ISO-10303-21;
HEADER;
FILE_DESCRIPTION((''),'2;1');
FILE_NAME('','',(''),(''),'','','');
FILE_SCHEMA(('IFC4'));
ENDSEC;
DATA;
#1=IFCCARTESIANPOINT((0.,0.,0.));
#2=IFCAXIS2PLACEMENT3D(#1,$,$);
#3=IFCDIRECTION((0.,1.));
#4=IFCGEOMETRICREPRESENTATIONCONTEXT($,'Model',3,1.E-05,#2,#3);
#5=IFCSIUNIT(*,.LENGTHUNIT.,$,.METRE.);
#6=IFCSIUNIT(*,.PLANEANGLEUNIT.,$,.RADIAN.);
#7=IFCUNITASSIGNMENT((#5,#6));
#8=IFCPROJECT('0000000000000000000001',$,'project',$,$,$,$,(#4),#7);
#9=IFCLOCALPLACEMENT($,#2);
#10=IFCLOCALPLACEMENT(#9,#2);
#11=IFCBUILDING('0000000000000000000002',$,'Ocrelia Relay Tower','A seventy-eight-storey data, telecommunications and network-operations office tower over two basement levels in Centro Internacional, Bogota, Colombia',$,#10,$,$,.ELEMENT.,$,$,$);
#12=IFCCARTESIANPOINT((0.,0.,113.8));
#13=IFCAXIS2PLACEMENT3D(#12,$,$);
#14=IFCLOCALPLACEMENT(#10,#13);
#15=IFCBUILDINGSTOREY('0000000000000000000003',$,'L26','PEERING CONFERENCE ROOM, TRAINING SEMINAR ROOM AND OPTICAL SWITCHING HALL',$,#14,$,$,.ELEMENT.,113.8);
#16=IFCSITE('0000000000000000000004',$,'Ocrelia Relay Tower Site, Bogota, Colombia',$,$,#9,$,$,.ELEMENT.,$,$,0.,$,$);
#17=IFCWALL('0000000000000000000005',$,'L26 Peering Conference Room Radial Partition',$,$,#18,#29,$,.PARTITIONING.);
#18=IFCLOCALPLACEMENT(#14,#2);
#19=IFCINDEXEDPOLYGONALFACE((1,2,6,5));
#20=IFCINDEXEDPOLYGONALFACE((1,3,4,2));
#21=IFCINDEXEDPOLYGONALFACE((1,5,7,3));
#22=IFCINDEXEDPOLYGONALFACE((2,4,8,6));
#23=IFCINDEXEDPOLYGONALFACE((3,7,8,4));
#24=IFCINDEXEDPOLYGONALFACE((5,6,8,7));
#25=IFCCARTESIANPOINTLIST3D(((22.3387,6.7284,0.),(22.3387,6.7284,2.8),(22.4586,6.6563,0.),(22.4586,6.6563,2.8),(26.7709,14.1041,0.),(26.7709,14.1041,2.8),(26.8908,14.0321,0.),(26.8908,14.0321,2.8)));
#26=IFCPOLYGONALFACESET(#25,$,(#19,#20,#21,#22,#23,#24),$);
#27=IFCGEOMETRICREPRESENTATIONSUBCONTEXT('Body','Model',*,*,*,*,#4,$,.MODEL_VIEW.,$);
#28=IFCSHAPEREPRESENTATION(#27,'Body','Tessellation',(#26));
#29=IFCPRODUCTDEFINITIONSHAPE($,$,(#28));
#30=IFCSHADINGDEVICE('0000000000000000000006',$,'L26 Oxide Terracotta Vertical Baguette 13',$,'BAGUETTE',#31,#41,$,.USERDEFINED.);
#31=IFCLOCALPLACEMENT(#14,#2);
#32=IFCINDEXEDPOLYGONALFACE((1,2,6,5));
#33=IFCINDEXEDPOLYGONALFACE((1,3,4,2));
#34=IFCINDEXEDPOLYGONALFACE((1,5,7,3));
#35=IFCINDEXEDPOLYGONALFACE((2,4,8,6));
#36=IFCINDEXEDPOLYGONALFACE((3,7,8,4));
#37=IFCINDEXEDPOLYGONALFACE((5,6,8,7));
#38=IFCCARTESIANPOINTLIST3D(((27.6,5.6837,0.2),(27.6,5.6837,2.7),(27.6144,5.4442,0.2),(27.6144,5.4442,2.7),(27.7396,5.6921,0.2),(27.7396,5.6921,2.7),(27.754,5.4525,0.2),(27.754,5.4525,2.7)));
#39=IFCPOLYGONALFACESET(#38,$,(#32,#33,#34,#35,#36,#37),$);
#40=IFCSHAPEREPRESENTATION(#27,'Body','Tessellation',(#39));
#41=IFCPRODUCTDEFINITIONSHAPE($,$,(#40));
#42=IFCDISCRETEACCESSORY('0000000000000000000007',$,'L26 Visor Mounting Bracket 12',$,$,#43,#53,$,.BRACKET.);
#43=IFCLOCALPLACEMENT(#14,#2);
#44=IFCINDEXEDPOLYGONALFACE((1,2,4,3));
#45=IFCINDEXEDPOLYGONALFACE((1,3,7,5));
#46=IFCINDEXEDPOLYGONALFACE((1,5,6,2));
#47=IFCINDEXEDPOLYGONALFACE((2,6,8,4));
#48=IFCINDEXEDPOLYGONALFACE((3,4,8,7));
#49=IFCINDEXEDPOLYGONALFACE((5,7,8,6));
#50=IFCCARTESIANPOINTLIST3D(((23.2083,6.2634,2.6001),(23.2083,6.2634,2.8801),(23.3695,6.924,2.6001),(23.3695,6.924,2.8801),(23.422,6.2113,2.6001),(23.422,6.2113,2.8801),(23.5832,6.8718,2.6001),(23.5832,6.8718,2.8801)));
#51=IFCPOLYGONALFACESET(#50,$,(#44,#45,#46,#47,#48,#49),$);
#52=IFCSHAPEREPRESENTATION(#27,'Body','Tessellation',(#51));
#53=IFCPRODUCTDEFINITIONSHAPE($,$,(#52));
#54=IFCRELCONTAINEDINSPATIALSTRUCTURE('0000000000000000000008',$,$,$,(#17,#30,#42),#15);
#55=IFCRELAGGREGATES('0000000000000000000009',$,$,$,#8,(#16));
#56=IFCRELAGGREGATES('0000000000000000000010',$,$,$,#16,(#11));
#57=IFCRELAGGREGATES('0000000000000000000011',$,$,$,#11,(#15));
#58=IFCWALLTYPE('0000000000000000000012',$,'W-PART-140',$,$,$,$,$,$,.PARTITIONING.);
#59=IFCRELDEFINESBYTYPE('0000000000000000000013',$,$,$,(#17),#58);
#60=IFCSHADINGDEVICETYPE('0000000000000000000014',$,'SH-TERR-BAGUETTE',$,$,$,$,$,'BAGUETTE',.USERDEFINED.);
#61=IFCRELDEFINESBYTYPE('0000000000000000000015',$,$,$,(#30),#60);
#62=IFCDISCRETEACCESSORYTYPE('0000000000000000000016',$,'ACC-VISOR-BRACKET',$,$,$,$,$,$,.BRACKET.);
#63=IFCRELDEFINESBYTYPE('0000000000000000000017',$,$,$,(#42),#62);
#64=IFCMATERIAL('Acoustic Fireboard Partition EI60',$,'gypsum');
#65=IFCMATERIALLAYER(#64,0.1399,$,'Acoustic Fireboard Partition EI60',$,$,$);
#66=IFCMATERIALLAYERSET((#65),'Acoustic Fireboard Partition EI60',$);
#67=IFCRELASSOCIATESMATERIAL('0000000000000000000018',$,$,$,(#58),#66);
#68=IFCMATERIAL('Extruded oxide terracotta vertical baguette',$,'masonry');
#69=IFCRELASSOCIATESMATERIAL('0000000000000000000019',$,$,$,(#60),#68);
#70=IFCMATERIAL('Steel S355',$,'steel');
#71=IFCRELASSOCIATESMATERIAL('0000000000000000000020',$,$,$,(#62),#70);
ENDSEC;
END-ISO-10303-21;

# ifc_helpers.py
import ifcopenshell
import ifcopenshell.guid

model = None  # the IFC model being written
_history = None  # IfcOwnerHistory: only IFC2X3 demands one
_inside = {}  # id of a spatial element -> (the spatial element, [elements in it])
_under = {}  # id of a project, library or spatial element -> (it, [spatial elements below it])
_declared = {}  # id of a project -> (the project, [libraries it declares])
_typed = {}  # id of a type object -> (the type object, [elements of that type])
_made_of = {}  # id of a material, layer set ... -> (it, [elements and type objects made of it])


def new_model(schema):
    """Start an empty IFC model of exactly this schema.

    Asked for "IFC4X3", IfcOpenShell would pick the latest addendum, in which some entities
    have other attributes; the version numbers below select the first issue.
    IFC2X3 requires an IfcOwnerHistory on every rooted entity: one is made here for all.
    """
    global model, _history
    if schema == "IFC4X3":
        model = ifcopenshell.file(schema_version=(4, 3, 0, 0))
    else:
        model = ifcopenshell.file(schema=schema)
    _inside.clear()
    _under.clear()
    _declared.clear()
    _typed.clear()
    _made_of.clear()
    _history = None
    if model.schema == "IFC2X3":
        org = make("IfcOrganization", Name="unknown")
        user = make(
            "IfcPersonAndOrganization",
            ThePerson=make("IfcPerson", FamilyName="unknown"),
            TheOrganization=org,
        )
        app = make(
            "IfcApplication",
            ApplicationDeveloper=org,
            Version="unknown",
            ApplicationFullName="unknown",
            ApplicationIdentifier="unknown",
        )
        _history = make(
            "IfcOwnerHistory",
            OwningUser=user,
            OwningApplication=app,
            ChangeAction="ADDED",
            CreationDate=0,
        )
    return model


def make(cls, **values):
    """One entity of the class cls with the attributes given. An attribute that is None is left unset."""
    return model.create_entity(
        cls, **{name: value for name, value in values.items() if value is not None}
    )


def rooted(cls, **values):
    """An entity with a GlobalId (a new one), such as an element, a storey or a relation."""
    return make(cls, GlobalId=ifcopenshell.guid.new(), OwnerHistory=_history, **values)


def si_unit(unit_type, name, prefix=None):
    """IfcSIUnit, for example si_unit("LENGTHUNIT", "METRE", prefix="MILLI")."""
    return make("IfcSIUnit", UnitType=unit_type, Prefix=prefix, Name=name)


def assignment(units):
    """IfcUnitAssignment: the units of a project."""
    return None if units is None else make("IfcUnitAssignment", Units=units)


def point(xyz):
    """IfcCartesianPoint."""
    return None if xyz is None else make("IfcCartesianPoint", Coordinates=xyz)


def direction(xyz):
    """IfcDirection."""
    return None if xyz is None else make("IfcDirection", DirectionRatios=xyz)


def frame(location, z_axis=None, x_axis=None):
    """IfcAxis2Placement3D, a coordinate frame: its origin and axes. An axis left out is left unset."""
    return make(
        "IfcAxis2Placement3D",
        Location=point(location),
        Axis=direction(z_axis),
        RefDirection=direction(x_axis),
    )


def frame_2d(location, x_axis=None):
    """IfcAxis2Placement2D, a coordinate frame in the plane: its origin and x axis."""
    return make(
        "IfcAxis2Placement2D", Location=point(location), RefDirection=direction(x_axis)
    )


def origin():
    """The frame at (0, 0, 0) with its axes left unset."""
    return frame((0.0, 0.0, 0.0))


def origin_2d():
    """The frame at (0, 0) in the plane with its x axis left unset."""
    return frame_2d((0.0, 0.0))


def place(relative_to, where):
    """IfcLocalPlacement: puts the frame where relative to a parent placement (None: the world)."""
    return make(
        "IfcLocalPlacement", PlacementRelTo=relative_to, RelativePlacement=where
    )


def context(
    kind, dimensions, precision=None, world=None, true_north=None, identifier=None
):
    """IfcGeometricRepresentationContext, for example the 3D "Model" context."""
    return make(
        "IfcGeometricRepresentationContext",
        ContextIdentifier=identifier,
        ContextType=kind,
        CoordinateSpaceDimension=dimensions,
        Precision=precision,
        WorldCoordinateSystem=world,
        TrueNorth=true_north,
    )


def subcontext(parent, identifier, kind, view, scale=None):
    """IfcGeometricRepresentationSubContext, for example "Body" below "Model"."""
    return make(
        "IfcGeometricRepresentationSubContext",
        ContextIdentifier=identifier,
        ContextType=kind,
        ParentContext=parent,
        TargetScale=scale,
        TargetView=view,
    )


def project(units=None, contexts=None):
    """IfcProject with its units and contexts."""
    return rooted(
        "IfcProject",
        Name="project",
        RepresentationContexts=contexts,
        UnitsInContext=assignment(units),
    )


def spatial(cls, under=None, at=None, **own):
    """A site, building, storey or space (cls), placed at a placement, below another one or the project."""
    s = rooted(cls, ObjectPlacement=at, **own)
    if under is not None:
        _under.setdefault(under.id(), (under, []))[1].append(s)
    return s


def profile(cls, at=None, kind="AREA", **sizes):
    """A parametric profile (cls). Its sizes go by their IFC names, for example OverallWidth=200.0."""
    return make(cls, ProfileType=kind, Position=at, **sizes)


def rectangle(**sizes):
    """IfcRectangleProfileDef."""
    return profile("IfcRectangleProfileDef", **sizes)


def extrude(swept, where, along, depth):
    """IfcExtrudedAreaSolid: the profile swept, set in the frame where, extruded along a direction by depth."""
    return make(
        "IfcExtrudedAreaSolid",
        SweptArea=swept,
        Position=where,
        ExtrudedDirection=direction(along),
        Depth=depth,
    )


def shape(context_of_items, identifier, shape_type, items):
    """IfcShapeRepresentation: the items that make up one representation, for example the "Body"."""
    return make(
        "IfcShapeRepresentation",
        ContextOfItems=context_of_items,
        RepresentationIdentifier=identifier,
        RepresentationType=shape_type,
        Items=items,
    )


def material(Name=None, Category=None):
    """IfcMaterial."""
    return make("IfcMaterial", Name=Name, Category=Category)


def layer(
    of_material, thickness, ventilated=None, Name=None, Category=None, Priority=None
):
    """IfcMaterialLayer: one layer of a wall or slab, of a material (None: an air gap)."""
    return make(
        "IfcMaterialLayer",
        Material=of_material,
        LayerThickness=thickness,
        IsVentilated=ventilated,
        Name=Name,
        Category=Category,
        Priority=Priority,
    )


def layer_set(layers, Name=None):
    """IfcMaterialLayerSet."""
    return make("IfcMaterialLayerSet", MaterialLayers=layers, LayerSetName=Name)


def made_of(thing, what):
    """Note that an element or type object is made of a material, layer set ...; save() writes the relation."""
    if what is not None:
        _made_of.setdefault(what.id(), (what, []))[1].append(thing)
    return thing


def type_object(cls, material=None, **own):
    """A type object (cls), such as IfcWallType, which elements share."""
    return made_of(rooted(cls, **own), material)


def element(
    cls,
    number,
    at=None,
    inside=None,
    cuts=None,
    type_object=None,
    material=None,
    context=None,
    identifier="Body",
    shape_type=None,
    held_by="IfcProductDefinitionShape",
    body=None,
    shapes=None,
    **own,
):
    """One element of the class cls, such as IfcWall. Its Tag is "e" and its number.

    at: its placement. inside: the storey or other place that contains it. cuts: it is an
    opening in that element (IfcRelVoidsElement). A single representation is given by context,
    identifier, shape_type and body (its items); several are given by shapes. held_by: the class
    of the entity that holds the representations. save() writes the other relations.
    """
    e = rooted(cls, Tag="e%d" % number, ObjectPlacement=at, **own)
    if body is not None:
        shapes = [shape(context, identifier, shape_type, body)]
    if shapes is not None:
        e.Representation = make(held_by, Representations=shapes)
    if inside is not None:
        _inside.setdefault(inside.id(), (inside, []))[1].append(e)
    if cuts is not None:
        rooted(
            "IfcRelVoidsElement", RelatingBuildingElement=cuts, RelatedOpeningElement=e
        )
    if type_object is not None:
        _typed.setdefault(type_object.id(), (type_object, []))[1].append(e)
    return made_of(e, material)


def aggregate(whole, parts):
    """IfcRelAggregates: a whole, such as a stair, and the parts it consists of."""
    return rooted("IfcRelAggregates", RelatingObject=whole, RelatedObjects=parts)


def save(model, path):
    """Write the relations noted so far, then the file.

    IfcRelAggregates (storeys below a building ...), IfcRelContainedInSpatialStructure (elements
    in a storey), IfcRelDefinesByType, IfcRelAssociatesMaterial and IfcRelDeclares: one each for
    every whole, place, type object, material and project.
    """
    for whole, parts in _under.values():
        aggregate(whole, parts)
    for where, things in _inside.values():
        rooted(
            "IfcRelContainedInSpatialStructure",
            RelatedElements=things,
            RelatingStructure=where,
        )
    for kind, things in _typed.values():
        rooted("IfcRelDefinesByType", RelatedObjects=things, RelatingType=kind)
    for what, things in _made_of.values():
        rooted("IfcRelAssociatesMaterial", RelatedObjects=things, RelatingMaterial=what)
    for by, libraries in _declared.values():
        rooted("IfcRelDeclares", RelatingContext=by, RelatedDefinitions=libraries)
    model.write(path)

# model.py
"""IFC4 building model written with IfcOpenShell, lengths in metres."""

from ifc_helpers import new_model, si_unit, direction, frame, frame_2d, origin, origin_2d, place, context, subcontext, project, spatial, rectangle, extrude, material, layer, layer_set, type_object, element, save


model = new_model("IFC4")

# Units and contexts
model_context = context("Model", 3, precision=1e-05, world=origin(), true_north=direction((0.0, 1.0)))
body_context = subcontext(model_context, "Body", "Model", "MODEL_VIEW")
ifc_project = project(units=[si_unit("LENGTHUNIT", "METRE"), si_unit("PLANEANGLEUNIT", "RADIAN")], contexts=[model_context])

# Site, building, storey
site_placement = place(None, origin())
site = spatial("IfcSite", under=ifc_project, at=site_placement, Name="Ocrelia Relay Tower Site, Bogota, Colombia", CompositionType="ELEMENT", RefElevation=0.0)
building_placement = place(site_placement, origin())
building = spatial("IfcBuilding", under=site, at=building_placement, Name="Ocrelia Relay Tower", Description="A seventy-eight-storey data, telecommunications and network-operations office tower over two basement levels in Centro Internacional, Bogota, Colombia", CompositionType="ELEMENT")
storey_placement = place(building_placement, frame((0.0, 0.0, 113.8)))
storey = spatial("IfcBuildingStorey", under=building, at=storey_placement, Name="L26", Description="PEERING CONFERENCE ROOM, TRAINING SEMINAR ROOM AND OPTICAL SWITCHING HALL", CompositionType="ELEMENT", Elevation=113.8)

# Shared definitions
ifc_material_1 = material(Name="Steel S355", Category="steel")

# Wall
ifc_material_2 = material(Name="Acoustic Fireboard Partition EI60", Category="gypsum")
ifc_layer_1 = layer(ifc_material_2, 0.1399, Name="Acoustic Fireboard Partition EI60")
ifc_layer_set_1 = layer_set([ifc_layer_1], Name="Acoustic Fireboard Partition EI60")
wall_type_1 = type_object("IfcWallType", Name="W-PART-140", PredefinedType="PARTITIONING", material=ifc_layer_set_1)
wall_1_placement = place(storey_placement, frame((26.8308, 14.0681, 0.0), z_axis=(0.0, 0.0, 1.0), x_axis=(-0.515067, -0.85715, 0.0)))
element("IfcWall", 1, at=wall_1_placement, inside=storey, type_object=wall_type_1, Name="L26 Peering Conference Room Radial Partition", PredefinedType="PARTITIONING", context=body_context, shape_type="SweptSolid", body=[
    extrude(rectangle(XDim=8.605, YDim=0.1399, at=frame_2d((4.3025, 0.0))), origin(), (0.0, 0.0, 1.0), 2.8),
])

# Shading device
ifc_material_3 = material(Name="Extruded oxide terracotta vertical baguette", Category="masonry")
shading_device_type = type_object("IfcShadingDeviceType", Name="SH-TERR-BAGUETTE", ElementType="BAGUETTE", PredefinedType="USERDEFINED", material=ifc_material_3)
shading_device_placement = place(storey_placement, frame((27.677, 5.5681, 0.2), z_axis=(0.0, 0.0, 1.0), x_axis=(0.99821, 0.059807, 0.0)))
element("IfcShadingDevice", 2, at=shading_device_placement, inside=storey, type_object=shading_device_type, Name="L26 Oxide Terracotta Vertical Baguette 13", ObjectType="BAGUETTE", PredefinedType="USERDEFINED", context=body_context, shape_type="SweptSolid", body=[
    extrude(rectangle(XDim=0.1399, YDim=0.24, at=origin_2d()), origin(), (0.0, 0.0, 1.0), 2.5),
])

# Discrete accessory
discrete_accessory_type = type_object("IfcDiscreteAccessoryType", Name="ACC-VISOR-BRACKET", PredefinedType="BRACKET", material=ifc_material_1)
discrete_accessory_placement = place(storey_placement, frame((23.3958, 6.5676, 2.6001), z_axis=(0.0, 0.0, 1.0), x_axis=(0.971475, -0.237143, 0.0)))
element("IfcDiscreteAccessory", 3, at=discrete_accessory_placement, inside=storey, type_object=discrete_accessory_type, Name="L26 Visor Mounting Bracket 12", PredefinedType="BRACKET", context=body_context, shape_type="SweptSolid", body=[
    extrude(rectangle(XDim=0.22, YDim=0.6799, at=origin_2d()), origin(), (0.0, 0.0, 1.0), 0.28),
])

save(model, "model.ifc")
